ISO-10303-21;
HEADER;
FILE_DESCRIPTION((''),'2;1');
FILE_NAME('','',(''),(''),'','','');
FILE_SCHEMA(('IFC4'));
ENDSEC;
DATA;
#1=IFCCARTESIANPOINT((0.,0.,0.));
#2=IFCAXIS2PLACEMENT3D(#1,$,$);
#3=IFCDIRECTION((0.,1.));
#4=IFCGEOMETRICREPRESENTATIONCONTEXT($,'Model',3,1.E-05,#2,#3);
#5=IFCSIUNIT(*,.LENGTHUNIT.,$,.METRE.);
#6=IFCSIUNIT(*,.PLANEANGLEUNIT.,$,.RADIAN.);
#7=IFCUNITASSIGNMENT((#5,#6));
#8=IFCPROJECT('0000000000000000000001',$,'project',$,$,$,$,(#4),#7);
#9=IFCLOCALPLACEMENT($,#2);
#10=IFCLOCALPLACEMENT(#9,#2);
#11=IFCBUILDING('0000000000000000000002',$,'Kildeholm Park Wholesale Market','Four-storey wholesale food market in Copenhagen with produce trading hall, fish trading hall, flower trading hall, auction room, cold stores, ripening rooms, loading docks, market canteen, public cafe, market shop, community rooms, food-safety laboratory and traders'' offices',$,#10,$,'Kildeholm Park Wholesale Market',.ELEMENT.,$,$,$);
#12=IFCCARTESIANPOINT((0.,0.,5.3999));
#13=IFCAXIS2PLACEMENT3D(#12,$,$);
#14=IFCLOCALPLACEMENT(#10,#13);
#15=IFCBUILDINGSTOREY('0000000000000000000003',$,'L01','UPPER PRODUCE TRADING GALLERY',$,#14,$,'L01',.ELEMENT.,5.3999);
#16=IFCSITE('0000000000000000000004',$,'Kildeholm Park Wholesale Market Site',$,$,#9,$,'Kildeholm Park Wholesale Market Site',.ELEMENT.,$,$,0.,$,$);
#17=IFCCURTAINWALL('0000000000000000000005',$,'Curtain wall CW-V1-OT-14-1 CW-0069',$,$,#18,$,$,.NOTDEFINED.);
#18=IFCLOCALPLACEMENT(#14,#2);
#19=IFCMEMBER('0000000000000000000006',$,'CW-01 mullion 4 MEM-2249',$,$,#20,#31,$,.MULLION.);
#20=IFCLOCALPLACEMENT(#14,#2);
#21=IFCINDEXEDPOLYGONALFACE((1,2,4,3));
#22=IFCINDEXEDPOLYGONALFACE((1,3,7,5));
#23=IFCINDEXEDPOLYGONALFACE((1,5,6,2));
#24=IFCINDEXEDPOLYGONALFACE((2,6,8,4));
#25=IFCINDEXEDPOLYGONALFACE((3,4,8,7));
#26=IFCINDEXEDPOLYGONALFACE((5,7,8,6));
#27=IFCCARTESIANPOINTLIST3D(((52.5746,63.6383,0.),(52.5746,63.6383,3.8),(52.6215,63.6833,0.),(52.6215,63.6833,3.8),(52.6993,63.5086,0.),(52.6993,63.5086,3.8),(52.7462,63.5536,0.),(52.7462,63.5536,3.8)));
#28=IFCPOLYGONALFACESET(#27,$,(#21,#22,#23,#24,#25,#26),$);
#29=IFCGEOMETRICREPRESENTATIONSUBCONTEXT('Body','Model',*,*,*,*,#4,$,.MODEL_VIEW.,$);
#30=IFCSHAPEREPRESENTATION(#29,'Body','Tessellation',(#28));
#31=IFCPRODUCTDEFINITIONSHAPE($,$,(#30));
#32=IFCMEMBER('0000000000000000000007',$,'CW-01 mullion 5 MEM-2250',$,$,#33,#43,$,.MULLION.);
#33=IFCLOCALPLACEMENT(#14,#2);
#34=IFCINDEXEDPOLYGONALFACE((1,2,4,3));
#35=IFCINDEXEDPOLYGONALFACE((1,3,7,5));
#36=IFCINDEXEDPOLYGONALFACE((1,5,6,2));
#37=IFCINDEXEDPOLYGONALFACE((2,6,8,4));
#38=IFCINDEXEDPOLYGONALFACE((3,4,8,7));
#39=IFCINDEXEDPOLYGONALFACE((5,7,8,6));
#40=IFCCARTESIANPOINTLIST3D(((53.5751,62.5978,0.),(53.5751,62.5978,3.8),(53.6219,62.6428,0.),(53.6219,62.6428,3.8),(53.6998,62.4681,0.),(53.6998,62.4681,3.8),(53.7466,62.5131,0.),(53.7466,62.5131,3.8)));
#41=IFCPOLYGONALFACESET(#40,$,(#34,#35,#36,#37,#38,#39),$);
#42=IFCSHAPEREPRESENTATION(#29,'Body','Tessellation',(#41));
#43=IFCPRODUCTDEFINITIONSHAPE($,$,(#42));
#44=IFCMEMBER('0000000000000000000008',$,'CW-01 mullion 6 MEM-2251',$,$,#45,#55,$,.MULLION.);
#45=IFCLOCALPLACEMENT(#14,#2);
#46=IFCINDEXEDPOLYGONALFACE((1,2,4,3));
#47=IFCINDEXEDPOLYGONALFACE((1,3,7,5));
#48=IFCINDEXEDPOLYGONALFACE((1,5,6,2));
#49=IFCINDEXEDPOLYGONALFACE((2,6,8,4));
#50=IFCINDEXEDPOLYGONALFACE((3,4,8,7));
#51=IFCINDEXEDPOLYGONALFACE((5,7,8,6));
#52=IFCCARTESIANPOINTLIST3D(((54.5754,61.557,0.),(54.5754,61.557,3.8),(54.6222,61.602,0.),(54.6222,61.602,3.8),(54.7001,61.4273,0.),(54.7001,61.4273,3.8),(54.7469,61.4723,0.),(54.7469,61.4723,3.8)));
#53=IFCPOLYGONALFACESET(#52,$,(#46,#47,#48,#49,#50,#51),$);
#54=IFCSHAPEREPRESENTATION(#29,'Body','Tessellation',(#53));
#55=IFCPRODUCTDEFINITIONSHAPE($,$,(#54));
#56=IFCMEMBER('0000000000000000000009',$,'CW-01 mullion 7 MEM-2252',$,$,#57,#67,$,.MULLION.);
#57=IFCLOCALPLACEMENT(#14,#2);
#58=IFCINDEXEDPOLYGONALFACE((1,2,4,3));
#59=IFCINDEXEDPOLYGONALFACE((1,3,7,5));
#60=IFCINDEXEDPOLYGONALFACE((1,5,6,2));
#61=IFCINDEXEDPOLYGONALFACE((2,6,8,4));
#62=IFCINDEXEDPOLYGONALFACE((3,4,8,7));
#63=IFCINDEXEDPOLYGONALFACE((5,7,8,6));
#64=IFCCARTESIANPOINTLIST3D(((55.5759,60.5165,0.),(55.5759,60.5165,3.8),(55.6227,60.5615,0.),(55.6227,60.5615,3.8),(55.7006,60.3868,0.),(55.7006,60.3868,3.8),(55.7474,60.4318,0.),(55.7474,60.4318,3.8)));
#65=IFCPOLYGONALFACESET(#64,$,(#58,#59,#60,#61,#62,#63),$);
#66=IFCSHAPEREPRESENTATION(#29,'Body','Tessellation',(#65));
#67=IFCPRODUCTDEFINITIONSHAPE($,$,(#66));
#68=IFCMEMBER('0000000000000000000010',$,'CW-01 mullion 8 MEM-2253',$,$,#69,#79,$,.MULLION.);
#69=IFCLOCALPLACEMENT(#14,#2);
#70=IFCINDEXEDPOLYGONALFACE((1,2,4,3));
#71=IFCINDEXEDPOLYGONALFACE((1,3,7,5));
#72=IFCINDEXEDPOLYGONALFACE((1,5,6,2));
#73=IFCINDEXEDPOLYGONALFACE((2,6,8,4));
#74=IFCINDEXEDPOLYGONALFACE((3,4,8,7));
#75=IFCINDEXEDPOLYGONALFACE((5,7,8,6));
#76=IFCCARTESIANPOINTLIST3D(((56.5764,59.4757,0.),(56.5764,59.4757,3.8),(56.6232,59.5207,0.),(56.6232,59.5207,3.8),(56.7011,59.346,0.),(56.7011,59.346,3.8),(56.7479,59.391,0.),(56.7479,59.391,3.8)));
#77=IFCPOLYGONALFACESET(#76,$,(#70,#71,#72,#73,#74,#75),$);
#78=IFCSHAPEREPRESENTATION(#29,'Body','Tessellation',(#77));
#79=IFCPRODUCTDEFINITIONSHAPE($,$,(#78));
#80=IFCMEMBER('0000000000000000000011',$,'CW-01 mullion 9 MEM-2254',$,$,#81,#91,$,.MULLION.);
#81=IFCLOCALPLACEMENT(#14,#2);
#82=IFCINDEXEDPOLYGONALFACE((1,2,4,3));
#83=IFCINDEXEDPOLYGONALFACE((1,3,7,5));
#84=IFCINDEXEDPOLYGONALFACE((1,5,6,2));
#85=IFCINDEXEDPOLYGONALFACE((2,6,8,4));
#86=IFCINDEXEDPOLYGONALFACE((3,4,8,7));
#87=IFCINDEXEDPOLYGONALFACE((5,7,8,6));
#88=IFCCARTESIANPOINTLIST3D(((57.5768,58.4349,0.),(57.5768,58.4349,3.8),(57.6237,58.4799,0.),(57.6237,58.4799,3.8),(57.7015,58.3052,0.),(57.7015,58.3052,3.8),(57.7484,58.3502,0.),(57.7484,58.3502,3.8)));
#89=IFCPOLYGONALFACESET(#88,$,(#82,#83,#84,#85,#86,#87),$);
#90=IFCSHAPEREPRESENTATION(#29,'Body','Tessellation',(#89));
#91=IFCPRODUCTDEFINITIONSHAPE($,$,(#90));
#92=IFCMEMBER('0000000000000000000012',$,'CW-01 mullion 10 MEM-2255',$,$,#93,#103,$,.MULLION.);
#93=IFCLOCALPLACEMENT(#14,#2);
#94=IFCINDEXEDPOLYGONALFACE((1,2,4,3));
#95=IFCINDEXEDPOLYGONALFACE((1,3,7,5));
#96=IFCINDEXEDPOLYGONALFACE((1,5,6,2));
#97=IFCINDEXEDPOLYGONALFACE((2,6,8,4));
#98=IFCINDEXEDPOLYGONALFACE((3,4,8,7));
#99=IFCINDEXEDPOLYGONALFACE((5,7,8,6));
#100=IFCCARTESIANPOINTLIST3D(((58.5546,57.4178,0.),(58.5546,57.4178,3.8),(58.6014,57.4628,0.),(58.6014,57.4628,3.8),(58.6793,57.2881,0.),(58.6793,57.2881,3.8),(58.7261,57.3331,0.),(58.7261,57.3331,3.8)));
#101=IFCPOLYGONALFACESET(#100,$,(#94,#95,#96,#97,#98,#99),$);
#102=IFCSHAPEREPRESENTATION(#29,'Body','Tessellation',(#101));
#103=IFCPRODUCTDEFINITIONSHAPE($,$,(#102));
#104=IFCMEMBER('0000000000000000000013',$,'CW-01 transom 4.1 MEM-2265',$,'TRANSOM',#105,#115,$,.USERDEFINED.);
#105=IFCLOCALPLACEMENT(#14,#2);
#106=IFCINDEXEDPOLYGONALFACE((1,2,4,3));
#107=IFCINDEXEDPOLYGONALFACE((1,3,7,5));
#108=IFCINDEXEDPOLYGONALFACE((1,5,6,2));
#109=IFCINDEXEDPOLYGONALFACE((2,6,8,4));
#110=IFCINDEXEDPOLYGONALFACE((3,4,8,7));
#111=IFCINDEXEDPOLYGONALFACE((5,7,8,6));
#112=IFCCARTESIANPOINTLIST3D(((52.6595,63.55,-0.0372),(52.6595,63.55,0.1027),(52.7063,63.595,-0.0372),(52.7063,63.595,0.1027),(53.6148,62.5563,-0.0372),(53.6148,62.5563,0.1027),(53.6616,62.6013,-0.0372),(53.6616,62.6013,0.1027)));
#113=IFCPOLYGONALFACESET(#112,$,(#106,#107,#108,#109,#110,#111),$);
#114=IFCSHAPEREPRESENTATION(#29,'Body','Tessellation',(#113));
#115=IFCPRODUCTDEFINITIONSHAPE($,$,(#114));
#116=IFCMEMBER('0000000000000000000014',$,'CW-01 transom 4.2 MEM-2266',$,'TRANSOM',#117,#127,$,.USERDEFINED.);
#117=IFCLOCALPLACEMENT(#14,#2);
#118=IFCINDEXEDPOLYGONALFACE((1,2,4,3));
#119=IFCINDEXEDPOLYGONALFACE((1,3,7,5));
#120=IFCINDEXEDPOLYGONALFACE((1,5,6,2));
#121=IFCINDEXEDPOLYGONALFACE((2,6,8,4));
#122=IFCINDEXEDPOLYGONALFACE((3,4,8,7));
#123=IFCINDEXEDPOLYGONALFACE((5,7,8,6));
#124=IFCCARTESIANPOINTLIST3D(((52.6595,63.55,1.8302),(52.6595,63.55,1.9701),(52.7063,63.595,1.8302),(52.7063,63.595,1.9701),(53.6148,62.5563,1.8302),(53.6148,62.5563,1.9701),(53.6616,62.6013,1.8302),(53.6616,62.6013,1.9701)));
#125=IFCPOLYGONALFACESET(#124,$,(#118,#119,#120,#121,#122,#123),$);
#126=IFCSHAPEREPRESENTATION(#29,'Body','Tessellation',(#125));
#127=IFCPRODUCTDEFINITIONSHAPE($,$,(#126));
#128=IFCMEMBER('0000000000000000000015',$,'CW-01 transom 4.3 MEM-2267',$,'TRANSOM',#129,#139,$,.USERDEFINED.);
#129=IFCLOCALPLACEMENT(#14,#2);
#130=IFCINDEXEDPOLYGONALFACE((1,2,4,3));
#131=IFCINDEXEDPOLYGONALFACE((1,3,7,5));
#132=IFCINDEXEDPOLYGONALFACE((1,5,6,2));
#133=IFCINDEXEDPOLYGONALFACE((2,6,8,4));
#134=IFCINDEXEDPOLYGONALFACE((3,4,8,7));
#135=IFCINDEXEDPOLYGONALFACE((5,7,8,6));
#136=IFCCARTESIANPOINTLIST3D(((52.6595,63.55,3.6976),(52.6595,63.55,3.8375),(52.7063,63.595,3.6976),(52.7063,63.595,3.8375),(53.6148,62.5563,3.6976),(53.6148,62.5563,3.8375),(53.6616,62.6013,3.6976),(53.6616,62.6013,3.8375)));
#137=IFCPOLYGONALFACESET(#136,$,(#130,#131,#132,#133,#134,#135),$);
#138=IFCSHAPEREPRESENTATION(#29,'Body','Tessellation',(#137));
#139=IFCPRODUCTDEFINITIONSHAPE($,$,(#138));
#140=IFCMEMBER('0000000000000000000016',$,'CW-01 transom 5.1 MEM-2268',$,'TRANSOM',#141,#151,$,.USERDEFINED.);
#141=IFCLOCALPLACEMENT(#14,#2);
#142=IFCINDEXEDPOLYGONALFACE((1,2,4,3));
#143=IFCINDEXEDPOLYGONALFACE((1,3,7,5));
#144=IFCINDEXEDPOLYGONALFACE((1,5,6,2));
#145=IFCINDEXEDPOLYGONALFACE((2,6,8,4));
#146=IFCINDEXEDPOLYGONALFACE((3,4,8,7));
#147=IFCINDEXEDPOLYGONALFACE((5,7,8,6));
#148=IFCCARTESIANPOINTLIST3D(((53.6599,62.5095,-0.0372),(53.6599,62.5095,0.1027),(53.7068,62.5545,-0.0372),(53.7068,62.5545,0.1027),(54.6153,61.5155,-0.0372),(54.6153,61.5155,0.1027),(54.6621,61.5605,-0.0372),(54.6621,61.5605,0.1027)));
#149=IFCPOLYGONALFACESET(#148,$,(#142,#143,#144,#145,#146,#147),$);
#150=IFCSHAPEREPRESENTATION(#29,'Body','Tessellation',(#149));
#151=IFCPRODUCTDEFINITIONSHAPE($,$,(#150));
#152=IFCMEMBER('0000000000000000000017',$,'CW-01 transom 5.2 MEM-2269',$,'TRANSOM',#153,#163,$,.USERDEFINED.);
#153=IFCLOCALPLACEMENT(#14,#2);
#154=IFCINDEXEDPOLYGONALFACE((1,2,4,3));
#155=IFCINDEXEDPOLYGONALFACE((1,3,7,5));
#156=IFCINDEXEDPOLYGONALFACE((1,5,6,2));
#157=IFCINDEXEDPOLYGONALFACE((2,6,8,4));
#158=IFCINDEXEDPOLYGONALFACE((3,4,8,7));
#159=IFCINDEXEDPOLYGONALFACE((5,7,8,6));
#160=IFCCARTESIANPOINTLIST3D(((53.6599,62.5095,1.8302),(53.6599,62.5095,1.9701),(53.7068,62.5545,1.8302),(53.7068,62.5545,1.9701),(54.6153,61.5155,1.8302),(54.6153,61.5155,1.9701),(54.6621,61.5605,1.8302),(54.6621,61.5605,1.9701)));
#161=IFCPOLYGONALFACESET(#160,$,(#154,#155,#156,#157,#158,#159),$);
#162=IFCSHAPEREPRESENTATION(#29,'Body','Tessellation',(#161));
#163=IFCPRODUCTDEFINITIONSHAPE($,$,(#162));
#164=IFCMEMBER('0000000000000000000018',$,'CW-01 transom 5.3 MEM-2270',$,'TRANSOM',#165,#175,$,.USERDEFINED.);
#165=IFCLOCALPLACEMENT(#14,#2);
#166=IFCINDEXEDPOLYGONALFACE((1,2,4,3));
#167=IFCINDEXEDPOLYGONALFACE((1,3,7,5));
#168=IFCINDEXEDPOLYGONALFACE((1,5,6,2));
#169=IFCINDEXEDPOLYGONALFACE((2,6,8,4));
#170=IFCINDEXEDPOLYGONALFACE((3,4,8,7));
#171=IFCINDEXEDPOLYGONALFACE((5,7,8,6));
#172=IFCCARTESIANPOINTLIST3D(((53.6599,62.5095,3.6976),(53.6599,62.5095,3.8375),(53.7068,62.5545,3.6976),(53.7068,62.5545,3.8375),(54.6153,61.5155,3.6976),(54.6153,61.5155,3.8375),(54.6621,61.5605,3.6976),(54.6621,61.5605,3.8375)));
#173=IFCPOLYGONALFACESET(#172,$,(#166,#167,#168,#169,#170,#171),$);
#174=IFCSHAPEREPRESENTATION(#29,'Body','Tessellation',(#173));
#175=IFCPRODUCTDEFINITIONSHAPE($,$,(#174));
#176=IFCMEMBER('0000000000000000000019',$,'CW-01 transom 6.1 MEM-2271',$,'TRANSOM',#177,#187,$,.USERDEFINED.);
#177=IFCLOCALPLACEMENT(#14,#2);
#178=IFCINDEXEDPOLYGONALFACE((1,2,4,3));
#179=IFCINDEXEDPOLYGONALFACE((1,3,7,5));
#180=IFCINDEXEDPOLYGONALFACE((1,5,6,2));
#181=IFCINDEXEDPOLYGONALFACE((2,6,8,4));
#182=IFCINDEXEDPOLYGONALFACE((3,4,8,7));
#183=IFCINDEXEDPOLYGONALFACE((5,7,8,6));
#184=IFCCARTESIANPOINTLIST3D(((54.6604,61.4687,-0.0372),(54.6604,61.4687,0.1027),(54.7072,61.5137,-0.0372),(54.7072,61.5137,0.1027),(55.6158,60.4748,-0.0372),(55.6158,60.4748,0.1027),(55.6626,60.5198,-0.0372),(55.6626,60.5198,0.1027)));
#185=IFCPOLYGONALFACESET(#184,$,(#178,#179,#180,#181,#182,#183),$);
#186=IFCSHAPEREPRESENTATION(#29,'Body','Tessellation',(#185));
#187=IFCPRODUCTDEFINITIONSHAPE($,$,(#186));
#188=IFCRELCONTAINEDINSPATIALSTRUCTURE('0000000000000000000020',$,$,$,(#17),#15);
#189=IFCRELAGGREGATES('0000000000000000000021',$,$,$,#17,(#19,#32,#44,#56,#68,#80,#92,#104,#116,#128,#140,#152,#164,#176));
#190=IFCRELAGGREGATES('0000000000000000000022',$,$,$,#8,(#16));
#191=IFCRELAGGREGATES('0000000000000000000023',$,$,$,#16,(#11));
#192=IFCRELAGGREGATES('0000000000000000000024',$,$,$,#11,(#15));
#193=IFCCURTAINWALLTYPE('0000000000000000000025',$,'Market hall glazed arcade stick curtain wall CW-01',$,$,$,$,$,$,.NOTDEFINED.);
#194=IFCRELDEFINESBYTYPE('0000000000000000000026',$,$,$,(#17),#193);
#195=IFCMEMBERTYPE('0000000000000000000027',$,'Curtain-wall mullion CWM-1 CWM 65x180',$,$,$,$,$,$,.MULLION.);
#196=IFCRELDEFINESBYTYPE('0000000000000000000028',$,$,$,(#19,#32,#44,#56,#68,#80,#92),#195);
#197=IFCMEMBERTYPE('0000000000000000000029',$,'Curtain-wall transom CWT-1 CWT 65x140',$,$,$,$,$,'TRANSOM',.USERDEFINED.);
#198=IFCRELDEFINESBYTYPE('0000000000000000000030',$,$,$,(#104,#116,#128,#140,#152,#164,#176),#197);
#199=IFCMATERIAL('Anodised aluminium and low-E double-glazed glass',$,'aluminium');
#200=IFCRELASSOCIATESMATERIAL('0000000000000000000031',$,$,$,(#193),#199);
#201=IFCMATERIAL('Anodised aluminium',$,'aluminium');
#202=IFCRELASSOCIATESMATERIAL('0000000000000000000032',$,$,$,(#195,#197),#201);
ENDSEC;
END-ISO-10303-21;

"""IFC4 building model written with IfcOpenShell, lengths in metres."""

from ifc_helpers import new_model, si_unit, direction, frame, origin, origin_2d, place, context, subcontext, project, spatial, rectangle, extrude, material, material_profile, profile_set, type_object, element, aggregate, save


model = new_model("IFC4")

# Units and contexts
model_context = context("Model", 3, precision=1e-05, world=origin(), true_north=direction((0.0, 1.0)))
body_context = subcontext(model_context, "Body", "Model", "MODEL_VIEW")
ifc_project = project(units=[si_unit("LENGTHUNIT", "METRE"), si_unit("PLANEANGLEUNIT", "RADIAN")], contexts=[model_context])

# Site, building, storey
site_placement = place(None, origin())
site = spatial("IfcSite", under=ifc_project, at=site_placement, Name="Kildeholm Park Wholesale Market Site", LongName="Kildeholm Park Wholesale Market Site", CompositionType="ELEMENT", RefElevation=0.0)
building_placement = place(site_placement, origin())
building = spatial("IfcBuilding", under=site, at=building_placement, Name="Kildeholm Park Wholesale Market", Description="Four-storey wholesale food market in Copenhagen with produce trading hall, fish trading hall, flower trading hall, auction room, cold stores, ripening rooms, loading docks, market canteen, public cafe, market shop, community rooms, food-safety laboratory and traders' offices", LongName="Kildeholm Park Wholesale Market", CompositionType="ELEMENT")
storey_placement = place(building_placement, frame((0.0, 0.0, 5.3999)))
storey = spatial("IfcBuildingStorey", under=building, at=storey_placement, Name="L01", Description="UPPER PRODUCE TRADING GALLERY", LongName="L01", CompositionType="ELEMENT", Elevation=5.3999)

# Curtain wall, members
ifc_material_1 = material(Name="Anodised aluminium and low-E double-glazed glass", Category="aluminium")
curtain_wall_type = type_object("IfcCurtainWallType", Name="Market hall glazed arcade stick curtain wall CW-01", PredefinedType="NOTDEFINED", material=ifc_material_1)
curtain_wall_placement = place(storey_placement, origin())
curtain_wall = element("IfcCurtainWall", 1, at=curtain_wall_placement, inside=storey, type_object=curtain_wall_type, Name="Curtain wall CW-V1-OT-14-1 CW-0069", PredefinedType="NOTDEFINED")
ifc_material_2 = material(Name="Anodised aluminium", Category="aluminium")
ifc_material_profile_1 = material_profile(ifc_material_2, rectangle(XDim=0.0649, YDim=0.1799, at=origin_2d()), Name="CWM 65x180")
ifc_profile_set_1 = profile_set([ifc_material_profile_1], Name="Anodised aluminium")
member_type_1 = type_object("IfcMemberType", Name="Curtain-wall mullion CWM-1 CWM 65x180", PredefinedType="MULLION", material=ifc_profile_set_1)
member_1_placement = place(storey_placement, frame((52.6604, 63.5959, 0.0), z_axis=(0.0, 0.0, 1.0), x_axis=(0.720901, 0.693038, 0.0)))
member_1 = element("IfcMember", 2, at=member_1_placement, type_object=member_type_1, Name="CW-01 mullion 4 MEM-2249", PredefinedType="MULLION", context=body_context, shape_type="SweptSolid", body=[
    extrude(rectangle(XDim=0.0649, YDim=0.1799, at=origin_2d()), origin(), (0.0, 0.0, 1.0), 3.8),
])
member_2_placement = place(storey_placement, frame((53.6609, 62.5554, 0.0), z_axis=(0.0, 0.0, 1.0), x_axis=(0.720901, 0.693038, 0.0)))
member_2 = element("IfcMember", 3, at=member_2_placement, type_object=member_type_1, Name="CW-01 mullion 5 MEM-2250", PredefinedType="MULLION", context=body_context, shape_type="SweptSolid", body=[
    extrude(rectangle(XDim=0.0649, YDim=0.1799, at=origin_2d()), origin(), (0.0, 0.0, 1.0), 3.8),
])
member_3_placement = place(storey_placement, frame((54.6611, 61.5146, 0.0), z_axis=(0.0, 0.0, 1.0), x_axis=(0.720901, 0.693038, 0.0)))
member_3 = element("IfcMember", 4, at=member_3_placement, type_object=member_type_1, Name="CW-01 mullion 6 MEM-2251", PredefinedType="MULLION", context=body_context, shape_type="SweptSolid", body=[
    extrude(rectangle(XDim=0.0649, YDim=0.1799, at=origin_2d()), origin(), (0.0, 0.0, 1.0), 3.8),
])
member_4_placement = place(storey_placement, frame((55.6616, 60.4741, 0.0), z_axis=(0.0, 0.0, 1.0), x_axis=(0.720901, 0.693038, 0.0)))
member_4 = element("IfcMember", 5, at=member_4_placement, type_object=member_type_1, Name="CW-01 mullion 7 MEM-2252", PredefinedType="MULLION", context=body_context, shape_type="SweptSolid", body=[
    extrude(rectangle(XDim=0.0649, YDim=0.1799, at=origin_2d()), origin(), (0.0, 0.0, 1.0), 3.8),
])
member_5_placement = place(storey_placement, frame((56.6621, 59.4333, 0.0), z_axis=(0.0, 0.0, 1.0), x_axis=(0.720901, 0.693038, 0.0)))
member_5 = element("IfcMember", 6, at=member_5_placement, type_object=member_type_1, Name="CW-01 mullion 8 MEM-2253", PredefinedType="MULLION", context=body_context, shape_type="SweptSolid", body=[
    extrude(rectangle(XDim=0.0649, YDim=0.1799, at=origin_2d()), origin(), (0.0, 0.0, 1.0), 3.8),
])
member_6_placement = place(storey_placement, frame((57.6626, 58.3926, 0.0), z_axis=(0.0, 0.0, 1.0), x_axis=(0.720901, 0.693038, 0.0)))
member_6 = element("IfcMember", 7, at=member_6_placement, type_object=member_type_1, Name="CW-01 mullion 9 MEM-2254", PredefinedType="MULLION", context=body_context, shape_type="SweptSolid", body=[
    extrude(rectangle(XDim=0.0649, YDim=0.1799, at=origin_2d()), origin(), (0.0, 0.0, 1.0), 3.8),
])
member_7_placement = place(storey_placement, frame((58.6404, 57.3755, 0.0), z_axis=(0.0, 0.0, 1.0), x_axis=(0.720901, 0.693038, 0.0)))
member_7 = element("IfcMember", 8, at=member_7_placement, type_object=member_type_1, Name="CW-01 mullion 10 MEM-2255", PredefinedType="MULLION", context=body_context, shape_type="SweptSolid", body=[
    extrude(rectangle(XDim=0.0649, YDim=0.1799, at=origin_2d()), origin(), (0.0, 0.0, 1.0), 3.8),
])
ifc_material_profile_2 = material_profile(ifc_material_2, rectangle(XDim=0.0649, YDim=0.1399, at=origin_2d()), Name="CWT 65x140")
ifc_profile_set_2 = profile_set([ifc_material_profile_2], Name="Anodised aluminium")
member_type_2 = type_object("IfcMemberType", Name="Curtain-wall transom CWT-1 CWT 65x140", ElementType="TRANSOM", PredefinedType="USERDEFINED", material=ifc_profile_set_2)
member_8_placement = place(storey_placement, frame((52.6829, 63.5725, 0.0327), z_axis=(0.693066, -0.720874, 0.0), x_axis=(0.720874, 0.693066, 0.0)))
member_8 = element("IfcMember", 9, at=member_8_placement, type_object=member_type_2, Name="CW-01 transom 4.1 MEM-2265", ObjectType="TRANSOM", PredefinedType="USERDEFINED", context=body_context, shape_type="SweptSolid", body=[
    extrude(rectangle(XDim=0.0649, YDim=0.1399, at=origin_2d()), origin(), (0.0, 0.0, 1.0), 1.3784),
])
member_9_placement = place(storey_placement, frame((52.6829, 63.5725, 1.9001), z_axis=(0.693066, -0.720874, 0.0), x_axis=(0.720874, 0.693066, 0.0)))
member_9 = element("IfcMember", 10, at=member_9_placement, type_object=member_type_2, Name="CW-01 transom 4.2 MEM-2266", ObjectType="TRANSOM", PredefinedType="USERDEFINED", context=body_context, shape_type="SweptSolid", body=[
    extrude(rectangle(XDim=0.0649, YDim=0.1399, at=origin_2d()), origin(), (0.0, 0.0, 1.0), 1.3784),
])
member_10_placement = place(storey_placement, frame((52.6829, 63.5725, 3.7676), z_axis=(0.693066, -0.720874, 0.0), x_axis=(0.720874, 0.693066, 0.0)))
member_10 = element("IfcMember", 11, at=member_10_placement, type_object=member_type_2, Name="CW-01 transom 4.3 MEM-2267", ObjectType="TRANSOM", PredefinedType="USERDEFINED", context=body_context, shape_type="SweptSolid", body=[
    extrude(rectangle(XDim=0.0649, YDim=0.1399, at=origin_2d()), origin(), (0.0, 0.0, 1.0), 1.3784),
])
member_11_placement = place(storey_placement, frame((53.6833, 62.532, 0.0327), z_axis=(0.692978, -0.720959, 0.0), x_axis=(0.720959, 0.692978, 0.0)))
member_11 = element("IfcMember", 12, at=member_11_placement, type_object=member_type_2, Name="CW-01 transom 5.1 MEM-2268", ObjectType="TRANSOM", PredefinedType="USERDEFINED", context=body_context, shape_type="SweptSolid", body=[
    extrude(rectangle(XDim=0.0649, YDim=0.1399, at=origin_2d()), origin(), (0.0, 0.0, 1.0), 1.3787),
])
member_12_placement = place(storey_placement, frame((53.6833, 62.532, 1.9001), z_axis=(0.692978, -0.720959, 0.0), x_axis=(0.720959, 0.692978, 0.0)))
member_12 = element("IfcMember", 13, at=member_12_placement, type_object=member_type_2, Name="CW-01 transom 5.2 MEM-2269", ObjectType="TRANSOM", PredefinedType="USERDEFINED", context=body_context, shape_type="SweptSolid", body=[
    extrude(rectangle(XDim=0.0649, YDim=0.1399, at=origin_2d()), origin(), (0.0, 0.0, 1.0), 1.3787),
])
member_13_placement = place(storey_placement, frame((53.6833, 62.532, 3.7676), z_axis=(0.692978, -0.720959, 0.0), x_axis=(0.720959, 0.692978, 0.0)))
member_13 = element("IfcMember", 14, at=member_13_placement, type_object=member_type_2, Name="CW-01 transom 5.3 MEM-2270", ObjectType="TRANSOM", PredefinedType="USERDEFINED", context=body_context, shape_type="SweptSolid", body=[
    extrude(rectangle(XDim=0.0649, YDim=0.1399, at=origin_2d()), origin(), (0.0, 0.0, 1.0), 1.3787),
])
member_14_placement = place(storey_placement, frame((54.6838, 61.4912, 0.0327), z_axis=(0.692978, -0.720959, 0.0), x_axis=(0.720959, 0.692978, 0.0)))
member_14 = element("IfcMember", 15, at=member_14_placement, type_object=member_type_2, Name="CW-01 transom 6.1 MEM-2271", ObjectType="TRANSOM", PredefinedType="USERDEFINED", context=body_context, shape_type="SweptSolid", body=[
    extrude(rectangle(XDim=0.0649, YDim=0.1399, at=origin_2d()), origin(), (0.0, 0.0, 1.0), 1.3787),
])
aggregate(curtain_wall, [member_1, member_2, member_3, member_4, member_5, member_6, member_7, member_8, member_9, member_10, member_11, member_12, member_13, member_14])

save(model, "model.ifc")
